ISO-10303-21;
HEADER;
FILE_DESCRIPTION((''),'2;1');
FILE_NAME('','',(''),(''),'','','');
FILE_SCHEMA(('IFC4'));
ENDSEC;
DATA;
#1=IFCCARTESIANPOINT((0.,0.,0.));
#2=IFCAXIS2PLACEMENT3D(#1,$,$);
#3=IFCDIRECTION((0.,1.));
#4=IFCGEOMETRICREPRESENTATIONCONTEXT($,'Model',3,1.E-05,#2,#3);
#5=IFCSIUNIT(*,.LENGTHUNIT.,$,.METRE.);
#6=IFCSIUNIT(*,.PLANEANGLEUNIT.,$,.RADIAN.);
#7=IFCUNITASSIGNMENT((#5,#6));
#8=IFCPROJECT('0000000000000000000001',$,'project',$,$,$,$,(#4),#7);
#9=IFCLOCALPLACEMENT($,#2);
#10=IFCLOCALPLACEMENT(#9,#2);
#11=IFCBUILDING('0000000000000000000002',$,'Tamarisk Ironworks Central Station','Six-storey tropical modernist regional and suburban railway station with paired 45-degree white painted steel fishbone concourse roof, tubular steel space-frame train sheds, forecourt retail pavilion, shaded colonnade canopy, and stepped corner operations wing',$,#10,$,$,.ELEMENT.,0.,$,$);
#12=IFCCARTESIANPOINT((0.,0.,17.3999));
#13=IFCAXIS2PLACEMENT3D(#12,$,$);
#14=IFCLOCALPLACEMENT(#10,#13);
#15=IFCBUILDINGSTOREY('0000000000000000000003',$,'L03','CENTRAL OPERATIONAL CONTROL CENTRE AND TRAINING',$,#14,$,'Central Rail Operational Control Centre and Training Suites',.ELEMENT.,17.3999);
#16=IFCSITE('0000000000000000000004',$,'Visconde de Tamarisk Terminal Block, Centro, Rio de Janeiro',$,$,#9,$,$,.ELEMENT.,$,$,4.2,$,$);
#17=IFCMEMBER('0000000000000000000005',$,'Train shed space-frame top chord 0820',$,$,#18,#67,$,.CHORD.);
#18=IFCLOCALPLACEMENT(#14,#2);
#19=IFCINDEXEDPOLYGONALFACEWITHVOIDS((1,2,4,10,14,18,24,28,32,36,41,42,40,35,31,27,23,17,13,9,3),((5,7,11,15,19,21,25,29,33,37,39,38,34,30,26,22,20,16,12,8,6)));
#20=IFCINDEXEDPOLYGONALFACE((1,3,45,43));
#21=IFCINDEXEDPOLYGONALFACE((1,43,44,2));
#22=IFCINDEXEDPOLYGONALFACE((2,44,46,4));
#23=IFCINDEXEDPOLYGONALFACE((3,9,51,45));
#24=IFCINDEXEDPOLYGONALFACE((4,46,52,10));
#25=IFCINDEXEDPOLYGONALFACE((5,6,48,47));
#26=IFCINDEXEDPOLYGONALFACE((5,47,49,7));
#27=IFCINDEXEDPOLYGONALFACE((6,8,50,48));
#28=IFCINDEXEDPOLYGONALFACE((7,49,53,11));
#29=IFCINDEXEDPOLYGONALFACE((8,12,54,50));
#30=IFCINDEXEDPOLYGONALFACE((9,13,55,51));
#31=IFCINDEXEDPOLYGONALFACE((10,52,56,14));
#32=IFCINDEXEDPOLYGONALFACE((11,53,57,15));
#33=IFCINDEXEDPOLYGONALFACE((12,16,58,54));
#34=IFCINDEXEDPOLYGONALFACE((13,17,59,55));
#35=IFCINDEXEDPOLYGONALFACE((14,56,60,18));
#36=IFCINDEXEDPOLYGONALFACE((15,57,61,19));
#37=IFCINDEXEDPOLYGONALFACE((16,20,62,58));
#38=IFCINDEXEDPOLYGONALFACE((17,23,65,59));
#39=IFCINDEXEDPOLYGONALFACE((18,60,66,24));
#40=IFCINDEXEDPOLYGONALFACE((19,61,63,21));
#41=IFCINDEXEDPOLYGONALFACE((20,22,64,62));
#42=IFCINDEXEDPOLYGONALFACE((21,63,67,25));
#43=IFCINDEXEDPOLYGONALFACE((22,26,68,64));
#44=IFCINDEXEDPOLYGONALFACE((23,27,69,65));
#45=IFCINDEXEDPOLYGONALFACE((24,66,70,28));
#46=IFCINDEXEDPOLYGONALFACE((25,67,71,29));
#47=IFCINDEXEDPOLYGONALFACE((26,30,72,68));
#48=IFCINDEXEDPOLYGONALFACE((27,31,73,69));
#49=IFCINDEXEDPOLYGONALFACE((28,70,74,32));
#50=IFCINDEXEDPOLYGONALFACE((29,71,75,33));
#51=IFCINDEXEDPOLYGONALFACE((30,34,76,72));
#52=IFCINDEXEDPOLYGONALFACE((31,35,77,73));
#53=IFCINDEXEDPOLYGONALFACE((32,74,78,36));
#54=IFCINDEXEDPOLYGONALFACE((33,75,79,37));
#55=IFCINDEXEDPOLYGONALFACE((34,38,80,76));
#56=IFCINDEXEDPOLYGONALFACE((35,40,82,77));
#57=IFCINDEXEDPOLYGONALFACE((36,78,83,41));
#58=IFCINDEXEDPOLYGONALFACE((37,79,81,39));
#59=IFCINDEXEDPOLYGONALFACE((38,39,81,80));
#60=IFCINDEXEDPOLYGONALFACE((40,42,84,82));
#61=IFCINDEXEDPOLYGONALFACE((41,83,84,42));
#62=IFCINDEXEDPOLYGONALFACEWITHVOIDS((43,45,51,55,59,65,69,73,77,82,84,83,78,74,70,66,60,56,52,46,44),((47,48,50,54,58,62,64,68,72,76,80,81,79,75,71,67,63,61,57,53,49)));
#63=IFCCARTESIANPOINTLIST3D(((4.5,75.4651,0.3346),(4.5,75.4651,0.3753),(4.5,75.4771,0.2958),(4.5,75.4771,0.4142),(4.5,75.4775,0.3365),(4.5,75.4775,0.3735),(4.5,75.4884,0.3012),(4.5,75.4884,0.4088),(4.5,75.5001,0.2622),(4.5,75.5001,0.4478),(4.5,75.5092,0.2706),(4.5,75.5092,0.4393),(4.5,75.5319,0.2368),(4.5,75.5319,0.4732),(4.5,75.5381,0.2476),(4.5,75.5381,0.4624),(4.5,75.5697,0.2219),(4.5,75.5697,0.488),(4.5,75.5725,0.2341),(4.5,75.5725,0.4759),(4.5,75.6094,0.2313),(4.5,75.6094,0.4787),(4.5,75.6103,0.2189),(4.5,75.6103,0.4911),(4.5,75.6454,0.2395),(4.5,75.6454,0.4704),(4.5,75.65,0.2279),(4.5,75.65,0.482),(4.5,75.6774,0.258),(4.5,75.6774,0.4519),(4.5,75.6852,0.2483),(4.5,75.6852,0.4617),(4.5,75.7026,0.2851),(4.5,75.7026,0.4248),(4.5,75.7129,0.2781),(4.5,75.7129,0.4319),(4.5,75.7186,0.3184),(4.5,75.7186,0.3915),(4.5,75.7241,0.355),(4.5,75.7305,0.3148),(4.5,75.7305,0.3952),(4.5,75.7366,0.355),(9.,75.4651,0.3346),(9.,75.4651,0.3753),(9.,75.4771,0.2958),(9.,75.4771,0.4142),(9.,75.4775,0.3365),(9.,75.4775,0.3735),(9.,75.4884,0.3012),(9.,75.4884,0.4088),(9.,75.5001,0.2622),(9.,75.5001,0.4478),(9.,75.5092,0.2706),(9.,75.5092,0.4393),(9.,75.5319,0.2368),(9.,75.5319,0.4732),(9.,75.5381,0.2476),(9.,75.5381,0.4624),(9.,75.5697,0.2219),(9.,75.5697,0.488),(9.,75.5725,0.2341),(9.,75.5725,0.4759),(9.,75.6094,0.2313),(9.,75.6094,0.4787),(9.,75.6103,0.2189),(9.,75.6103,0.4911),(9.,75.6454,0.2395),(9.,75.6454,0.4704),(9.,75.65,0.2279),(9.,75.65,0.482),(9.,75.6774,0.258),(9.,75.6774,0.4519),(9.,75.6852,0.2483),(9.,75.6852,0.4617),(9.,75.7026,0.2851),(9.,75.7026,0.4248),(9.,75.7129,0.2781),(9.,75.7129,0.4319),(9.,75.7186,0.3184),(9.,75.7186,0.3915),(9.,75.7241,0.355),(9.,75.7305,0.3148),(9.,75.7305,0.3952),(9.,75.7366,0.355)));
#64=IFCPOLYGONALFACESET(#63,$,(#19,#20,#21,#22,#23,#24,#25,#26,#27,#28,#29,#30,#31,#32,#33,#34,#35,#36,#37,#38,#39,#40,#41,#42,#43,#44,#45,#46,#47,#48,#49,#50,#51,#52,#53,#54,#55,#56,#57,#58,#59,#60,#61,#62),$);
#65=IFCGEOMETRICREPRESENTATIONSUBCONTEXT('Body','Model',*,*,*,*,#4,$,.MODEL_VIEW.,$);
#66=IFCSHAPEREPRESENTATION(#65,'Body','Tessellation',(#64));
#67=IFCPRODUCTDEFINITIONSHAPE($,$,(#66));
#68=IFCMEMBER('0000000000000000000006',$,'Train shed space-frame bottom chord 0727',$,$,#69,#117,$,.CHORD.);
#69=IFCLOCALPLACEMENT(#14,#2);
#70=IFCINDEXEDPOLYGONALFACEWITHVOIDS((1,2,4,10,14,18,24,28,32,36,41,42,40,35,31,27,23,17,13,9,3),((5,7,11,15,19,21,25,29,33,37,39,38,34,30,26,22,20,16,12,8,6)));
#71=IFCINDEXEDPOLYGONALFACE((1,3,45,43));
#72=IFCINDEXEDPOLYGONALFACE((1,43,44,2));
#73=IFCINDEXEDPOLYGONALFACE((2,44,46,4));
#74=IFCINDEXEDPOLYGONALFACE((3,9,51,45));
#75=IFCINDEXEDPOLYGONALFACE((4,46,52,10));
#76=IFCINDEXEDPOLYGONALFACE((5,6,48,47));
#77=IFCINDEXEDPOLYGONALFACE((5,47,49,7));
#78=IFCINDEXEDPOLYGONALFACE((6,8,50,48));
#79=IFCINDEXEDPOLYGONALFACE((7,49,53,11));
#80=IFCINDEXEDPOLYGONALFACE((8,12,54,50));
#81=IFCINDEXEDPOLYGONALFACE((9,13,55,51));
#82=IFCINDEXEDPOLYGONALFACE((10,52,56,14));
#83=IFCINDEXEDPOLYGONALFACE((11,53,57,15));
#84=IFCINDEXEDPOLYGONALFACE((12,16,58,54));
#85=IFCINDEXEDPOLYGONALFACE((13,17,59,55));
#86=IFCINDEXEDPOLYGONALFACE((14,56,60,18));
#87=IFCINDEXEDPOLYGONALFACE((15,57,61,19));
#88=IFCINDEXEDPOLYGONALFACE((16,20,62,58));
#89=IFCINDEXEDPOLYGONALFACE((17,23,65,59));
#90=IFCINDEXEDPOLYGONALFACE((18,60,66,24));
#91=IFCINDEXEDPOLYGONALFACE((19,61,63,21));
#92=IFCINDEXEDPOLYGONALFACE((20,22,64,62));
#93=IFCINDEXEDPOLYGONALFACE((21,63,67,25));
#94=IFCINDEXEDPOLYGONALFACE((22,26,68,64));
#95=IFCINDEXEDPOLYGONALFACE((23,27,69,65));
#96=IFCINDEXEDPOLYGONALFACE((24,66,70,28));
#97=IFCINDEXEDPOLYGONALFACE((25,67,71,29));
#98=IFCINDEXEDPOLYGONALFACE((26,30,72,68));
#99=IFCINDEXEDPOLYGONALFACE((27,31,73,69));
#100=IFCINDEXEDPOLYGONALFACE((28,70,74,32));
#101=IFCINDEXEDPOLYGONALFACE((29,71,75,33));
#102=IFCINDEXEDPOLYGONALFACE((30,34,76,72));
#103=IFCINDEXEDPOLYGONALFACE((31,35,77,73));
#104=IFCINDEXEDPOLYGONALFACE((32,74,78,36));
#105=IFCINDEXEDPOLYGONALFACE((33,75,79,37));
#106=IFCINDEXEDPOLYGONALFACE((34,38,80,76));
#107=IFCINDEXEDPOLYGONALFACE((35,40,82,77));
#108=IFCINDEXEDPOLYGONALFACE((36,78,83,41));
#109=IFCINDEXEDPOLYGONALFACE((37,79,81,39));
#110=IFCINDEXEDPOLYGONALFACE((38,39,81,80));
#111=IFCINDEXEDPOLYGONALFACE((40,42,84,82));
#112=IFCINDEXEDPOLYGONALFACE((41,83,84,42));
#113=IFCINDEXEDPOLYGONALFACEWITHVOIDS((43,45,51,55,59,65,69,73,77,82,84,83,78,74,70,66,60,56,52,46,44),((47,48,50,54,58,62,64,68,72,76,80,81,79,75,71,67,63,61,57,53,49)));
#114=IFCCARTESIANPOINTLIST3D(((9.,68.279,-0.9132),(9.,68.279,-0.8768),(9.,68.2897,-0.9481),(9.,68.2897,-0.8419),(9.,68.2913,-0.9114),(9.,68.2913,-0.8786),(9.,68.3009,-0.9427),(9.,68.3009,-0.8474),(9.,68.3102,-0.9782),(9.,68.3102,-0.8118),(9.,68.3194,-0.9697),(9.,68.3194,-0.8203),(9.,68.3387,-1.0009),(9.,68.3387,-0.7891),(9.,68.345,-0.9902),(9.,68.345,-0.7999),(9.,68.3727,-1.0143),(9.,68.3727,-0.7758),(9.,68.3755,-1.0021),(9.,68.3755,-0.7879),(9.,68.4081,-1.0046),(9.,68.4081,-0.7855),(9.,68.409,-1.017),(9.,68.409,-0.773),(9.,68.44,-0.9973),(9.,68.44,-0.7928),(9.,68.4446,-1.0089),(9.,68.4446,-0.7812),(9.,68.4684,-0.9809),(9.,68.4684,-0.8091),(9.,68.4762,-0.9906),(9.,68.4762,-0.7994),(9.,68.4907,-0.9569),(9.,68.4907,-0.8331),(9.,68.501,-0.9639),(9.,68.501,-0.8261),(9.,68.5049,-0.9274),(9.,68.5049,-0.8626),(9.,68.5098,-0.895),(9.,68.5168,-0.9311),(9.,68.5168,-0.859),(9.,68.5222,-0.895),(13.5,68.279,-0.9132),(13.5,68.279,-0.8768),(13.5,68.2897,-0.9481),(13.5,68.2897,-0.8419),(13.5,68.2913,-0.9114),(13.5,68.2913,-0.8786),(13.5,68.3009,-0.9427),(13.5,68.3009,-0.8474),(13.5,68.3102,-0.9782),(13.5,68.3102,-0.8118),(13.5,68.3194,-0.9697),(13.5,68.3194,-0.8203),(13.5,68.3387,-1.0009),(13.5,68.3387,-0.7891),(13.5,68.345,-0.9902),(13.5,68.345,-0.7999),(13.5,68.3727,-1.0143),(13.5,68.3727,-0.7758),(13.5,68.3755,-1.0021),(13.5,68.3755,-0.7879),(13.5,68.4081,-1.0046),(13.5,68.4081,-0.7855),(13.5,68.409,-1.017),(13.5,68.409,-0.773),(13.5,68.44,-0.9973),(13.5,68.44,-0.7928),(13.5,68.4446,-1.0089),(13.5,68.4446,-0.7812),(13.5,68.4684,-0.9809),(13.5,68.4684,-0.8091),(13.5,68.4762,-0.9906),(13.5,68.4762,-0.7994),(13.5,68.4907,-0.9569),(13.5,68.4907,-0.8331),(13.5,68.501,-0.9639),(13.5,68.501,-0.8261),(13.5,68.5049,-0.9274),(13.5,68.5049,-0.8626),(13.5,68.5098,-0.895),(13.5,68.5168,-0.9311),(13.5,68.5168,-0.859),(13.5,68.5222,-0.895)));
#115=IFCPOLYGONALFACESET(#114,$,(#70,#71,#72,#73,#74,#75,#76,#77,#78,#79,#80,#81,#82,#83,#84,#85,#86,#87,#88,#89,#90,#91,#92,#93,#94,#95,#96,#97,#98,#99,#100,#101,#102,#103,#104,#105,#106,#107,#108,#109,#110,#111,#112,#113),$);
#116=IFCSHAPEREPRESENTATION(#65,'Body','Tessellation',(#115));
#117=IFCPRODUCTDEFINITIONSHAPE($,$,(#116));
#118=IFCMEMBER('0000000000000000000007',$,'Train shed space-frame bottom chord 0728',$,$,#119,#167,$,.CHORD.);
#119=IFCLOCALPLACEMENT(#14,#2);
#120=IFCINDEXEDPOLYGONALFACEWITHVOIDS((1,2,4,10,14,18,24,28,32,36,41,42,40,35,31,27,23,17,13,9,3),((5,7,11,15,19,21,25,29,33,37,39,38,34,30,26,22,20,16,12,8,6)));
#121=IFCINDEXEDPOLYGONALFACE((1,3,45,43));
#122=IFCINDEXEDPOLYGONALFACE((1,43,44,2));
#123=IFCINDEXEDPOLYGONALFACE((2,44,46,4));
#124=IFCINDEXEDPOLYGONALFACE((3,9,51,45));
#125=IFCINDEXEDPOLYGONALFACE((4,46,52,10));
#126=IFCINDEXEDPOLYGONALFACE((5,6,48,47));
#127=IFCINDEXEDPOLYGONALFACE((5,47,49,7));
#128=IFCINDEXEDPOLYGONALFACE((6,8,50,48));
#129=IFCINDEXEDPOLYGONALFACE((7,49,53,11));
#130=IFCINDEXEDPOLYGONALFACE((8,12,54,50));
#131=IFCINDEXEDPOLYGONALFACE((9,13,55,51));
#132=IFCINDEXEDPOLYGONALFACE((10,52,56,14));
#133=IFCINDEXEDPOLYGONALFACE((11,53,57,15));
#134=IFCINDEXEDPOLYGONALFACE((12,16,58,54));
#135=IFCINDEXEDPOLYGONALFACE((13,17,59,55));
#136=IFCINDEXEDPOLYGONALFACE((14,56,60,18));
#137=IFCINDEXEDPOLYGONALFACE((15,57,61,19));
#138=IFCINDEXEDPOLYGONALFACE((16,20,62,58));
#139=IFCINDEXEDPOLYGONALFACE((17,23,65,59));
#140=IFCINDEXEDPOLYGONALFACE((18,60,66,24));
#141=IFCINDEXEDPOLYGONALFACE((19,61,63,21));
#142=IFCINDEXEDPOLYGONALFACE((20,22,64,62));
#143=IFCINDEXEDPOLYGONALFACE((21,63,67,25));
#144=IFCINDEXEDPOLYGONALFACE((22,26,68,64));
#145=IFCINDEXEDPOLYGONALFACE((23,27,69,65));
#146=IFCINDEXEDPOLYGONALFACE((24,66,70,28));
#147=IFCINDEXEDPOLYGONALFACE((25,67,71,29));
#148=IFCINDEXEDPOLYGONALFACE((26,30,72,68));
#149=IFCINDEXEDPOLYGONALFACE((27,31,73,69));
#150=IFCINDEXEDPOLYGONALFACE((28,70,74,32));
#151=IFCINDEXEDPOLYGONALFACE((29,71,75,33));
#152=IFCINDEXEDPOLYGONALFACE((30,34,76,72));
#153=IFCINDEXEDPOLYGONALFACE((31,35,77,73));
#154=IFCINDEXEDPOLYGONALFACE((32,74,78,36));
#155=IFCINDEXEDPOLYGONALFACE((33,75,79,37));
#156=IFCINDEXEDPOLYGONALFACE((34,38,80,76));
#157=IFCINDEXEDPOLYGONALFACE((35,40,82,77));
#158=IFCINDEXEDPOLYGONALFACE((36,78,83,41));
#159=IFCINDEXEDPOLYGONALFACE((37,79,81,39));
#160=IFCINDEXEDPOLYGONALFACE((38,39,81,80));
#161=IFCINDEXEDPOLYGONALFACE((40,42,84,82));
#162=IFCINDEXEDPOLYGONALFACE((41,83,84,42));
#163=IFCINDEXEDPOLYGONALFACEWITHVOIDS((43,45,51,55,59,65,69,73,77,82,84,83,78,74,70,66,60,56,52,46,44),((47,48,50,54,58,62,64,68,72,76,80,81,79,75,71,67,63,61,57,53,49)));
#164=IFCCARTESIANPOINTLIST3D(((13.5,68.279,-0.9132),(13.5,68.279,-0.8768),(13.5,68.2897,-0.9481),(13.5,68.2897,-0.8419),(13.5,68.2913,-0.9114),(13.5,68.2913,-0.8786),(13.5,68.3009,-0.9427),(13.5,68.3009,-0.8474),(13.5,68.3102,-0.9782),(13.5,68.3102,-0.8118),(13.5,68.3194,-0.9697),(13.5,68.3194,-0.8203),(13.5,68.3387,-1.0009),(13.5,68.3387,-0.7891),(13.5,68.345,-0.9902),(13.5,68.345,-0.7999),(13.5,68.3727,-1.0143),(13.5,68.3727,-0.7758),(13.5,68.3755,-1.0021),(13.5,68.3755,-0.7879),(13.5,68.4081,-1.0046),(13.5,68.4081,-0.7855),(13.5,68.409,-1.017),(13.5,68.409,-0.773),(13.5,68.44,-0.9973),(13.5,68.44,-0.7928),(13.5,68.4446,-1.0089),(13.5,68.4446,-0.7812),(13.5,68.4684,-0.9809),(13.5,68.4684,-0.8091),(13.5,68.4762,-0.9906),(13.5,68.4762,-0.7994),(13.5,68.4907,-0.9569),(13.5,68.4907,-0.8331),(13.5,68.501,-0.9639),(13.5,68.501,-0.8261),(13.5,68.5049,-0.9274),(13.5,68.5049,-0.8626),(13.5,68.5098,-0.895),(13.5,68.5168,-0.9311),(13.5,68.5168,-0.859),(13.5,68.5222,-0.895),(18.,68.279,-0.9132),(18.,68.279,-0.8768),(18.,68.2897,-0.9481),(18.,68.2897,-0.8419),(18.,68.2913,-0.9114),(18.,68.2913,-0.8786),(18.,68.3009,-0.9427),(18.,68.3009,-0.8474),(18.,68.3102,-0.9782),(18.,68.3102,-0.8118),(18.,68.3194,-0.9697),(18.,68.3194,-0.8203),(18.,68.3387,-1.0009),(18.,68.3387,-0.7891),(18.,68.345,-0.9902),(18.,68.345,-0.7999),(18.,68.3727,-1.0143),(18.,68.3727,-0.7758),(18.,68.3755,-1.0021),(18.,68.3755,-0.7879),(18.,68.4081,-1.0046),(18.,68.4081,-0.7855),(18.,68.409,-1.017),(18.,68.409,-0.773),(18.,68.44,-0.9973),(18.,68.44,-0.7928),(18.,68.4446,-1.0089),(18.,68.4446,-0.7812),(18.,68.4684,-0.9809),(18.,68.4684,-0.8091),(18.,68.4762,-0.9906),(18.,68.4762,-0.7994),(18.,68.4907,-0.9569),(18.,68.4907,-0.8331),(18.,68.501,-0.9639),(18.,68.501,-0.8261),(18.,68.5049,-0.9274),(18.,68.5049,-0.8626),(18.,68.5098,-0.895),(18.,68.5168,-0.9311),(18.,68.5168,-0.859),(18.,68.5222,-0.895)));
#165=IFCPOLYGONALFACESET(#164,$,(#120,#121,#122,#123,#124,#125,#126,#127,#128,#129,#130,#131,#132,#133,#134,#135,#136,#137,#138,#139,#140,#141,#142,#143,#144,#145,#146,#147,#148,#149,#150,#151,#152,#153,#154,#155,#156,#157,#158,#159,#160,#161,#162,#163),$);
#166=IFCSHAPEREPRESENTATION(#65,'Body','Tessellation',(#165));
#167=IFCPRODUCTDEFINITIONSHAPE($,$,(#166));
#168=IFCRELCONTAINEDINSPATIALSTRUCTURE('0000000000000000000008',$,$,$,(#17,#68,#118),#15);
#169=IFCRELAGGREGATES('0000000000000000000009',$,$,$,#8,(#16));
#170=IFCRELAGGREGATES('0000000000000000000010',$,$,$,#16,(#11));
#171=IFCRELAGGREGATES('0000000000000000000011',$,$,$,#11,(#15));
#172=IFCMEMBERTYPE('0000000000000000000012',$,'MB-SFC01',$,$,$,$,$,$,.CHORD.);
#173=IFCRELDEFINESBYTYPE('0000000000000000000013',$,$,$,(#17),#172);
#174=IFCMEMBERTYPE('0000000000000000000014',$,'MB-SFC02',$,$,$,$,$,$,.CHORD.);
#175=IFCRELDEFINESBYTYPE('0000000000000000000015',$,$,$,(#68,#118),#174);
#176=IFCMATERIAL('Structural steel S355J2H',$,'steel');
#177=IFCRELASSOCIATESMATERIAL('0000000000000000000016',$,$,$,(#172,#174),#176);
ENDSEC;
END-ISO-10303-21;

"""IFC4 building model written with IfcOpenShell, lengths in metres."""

from ifc_helpers import new_model, si_unit, direction, frame, origin, origin_2d, place, context, subcontext, project, spatial, hollow_circle, extrude, material, material_profile, profile_set, type_object, element, save


model = new_model("IFC4")

# Units and contexts
model_context = context("Model", 3, precision=1e-05, world=origin(), true_north=direction((0.0, 1.0)))
body_context = subcontext(model_context, "Body", "Model", "MODEL_VIEW")
ifc_project = project(units=[si_unit("LENGTHUNIT", "METRE"), si_unit("PLANEANGLEUNIT", "RADIAN")], contexts=[model_context])

# Site, building, storey
site_placement = place(None, origin())
site = spatial("IfcSite", under=ifc_project, at=site_placement, Name="Visconde de Tamarisk Terminal Block, Centro, Rio de Janeiro", CompositionType="ELEMENT", RefElevation=4.2)
building_placement = place(site_placement, origin())
building = spatial("IfcBuilding", under=site, at=building_placement, Name="Tamarisk Ironworks Central Station", Description="Six-storey tropical modernist regional and suburban railway station with paired 45-degree white painted steel fishbone concourse roof, tubular steel space-frame train sheds, forecourt retail pavilion, shaded colonnade canopy, and stepped corner operations wing", CompositionType="ELEMENT", ElevationOfRefHeight=0.0)
storey_placement = place(building_placement, frame((0.0, 0.0, 17.3999)))
storey = spatial("IfcBuildingStorey", under=building, at=storey_placement, Name="L03", Description="CENTRAL OPERATIONAL CONTROL CENTRE AND TRAINING", LongName="Central Rail Operational Control Centre and Training Suites", CompositionType="ELEMENT", Elevation=17.3999)

# Members
ifc_material = material(Name="Structural steel S355J2H", Category="steel")
ifc_material_profile_1 = material_profile(ifc_material, hollow_circle(Radius=0.1365, WallThickness=0.0125, at=origin_2d()), Name="CHS 273x12.5")
ifc_profile_set_1 = profile_set([ifc_material_profile_1], Name="Structural steel S355J2H")
member_type_1 = type_object("IfcMemberType", Name="MB-SFC01", PredefinedType="CHORD", material=ifc_profile_set_1)
for number, where, z_axis, x_axis, name in (
    (1, (4.5, 75.6001, 0.355), (1.0, 0.0, 0.0), (0.0, 1.0, 0.0), "Train shed space-frame top chord 0820"),
):
    element("IfcMember", number, at=place(storey_placement, frame(where, z_axis=z_axis, x_axis=x_axis)), inside=storey, type_object=member_type_1, Name=name, PredefinedType="CHORD", context=body_context, shape_type="SweptSolid", body=[
        extrude(hollow_circle(Radius=0.1365, WallThickness=0.0125, at=origin_2d()), origin(), (0.0, 0.0, 1.0), 4.5),
    ])
ifc_material_profile_2 = material_profile(ifc_material, hollow_circle(Radius=0.1223, WallThickness=0.0125, at=origin_2d()), Name="CHS 244.5x12.5")
ifc_profile_set_2 = profile_set([ifc_material_profile_2], Name="Structural steel S355J2H")
member_type_2 = type_object("IfcMemberType", Name="MB-SFC02", PredefinedType="CHORD", material=ifc_profile_set_2)
for number, where, z_axis, x_axis, name in (
    (2, (9.0, 68.3999, -0.895), (1.0, 0.0, 0.0), (0.0, 1.0, 0.0), "Train shed space-frame bottom chord 0727"),
    (3, (13.5, 68.3999, -0.895), (1.0, 0.0, 0.0), (0.0, 1.0, 0.0), "Train shed space-frame bottom chord 0728"),
):
    element("IfcMember", number, at=place(storey_placement, frame(where, z_axis=z_axis, x_axis=x_axis)), inside=storey, type_object=member_type_2, Name=name, PredefinedType="CHORD", context=body_context, shape_type="SweptSolid", body=[
        extrude(hollow_circle(Radius=0.1223, WallThickness=0.0125, at=origin_2d()), origin(), (0.0, 0.0, 1.0), 4.5),
    ])

save(model, "model.ifc")
